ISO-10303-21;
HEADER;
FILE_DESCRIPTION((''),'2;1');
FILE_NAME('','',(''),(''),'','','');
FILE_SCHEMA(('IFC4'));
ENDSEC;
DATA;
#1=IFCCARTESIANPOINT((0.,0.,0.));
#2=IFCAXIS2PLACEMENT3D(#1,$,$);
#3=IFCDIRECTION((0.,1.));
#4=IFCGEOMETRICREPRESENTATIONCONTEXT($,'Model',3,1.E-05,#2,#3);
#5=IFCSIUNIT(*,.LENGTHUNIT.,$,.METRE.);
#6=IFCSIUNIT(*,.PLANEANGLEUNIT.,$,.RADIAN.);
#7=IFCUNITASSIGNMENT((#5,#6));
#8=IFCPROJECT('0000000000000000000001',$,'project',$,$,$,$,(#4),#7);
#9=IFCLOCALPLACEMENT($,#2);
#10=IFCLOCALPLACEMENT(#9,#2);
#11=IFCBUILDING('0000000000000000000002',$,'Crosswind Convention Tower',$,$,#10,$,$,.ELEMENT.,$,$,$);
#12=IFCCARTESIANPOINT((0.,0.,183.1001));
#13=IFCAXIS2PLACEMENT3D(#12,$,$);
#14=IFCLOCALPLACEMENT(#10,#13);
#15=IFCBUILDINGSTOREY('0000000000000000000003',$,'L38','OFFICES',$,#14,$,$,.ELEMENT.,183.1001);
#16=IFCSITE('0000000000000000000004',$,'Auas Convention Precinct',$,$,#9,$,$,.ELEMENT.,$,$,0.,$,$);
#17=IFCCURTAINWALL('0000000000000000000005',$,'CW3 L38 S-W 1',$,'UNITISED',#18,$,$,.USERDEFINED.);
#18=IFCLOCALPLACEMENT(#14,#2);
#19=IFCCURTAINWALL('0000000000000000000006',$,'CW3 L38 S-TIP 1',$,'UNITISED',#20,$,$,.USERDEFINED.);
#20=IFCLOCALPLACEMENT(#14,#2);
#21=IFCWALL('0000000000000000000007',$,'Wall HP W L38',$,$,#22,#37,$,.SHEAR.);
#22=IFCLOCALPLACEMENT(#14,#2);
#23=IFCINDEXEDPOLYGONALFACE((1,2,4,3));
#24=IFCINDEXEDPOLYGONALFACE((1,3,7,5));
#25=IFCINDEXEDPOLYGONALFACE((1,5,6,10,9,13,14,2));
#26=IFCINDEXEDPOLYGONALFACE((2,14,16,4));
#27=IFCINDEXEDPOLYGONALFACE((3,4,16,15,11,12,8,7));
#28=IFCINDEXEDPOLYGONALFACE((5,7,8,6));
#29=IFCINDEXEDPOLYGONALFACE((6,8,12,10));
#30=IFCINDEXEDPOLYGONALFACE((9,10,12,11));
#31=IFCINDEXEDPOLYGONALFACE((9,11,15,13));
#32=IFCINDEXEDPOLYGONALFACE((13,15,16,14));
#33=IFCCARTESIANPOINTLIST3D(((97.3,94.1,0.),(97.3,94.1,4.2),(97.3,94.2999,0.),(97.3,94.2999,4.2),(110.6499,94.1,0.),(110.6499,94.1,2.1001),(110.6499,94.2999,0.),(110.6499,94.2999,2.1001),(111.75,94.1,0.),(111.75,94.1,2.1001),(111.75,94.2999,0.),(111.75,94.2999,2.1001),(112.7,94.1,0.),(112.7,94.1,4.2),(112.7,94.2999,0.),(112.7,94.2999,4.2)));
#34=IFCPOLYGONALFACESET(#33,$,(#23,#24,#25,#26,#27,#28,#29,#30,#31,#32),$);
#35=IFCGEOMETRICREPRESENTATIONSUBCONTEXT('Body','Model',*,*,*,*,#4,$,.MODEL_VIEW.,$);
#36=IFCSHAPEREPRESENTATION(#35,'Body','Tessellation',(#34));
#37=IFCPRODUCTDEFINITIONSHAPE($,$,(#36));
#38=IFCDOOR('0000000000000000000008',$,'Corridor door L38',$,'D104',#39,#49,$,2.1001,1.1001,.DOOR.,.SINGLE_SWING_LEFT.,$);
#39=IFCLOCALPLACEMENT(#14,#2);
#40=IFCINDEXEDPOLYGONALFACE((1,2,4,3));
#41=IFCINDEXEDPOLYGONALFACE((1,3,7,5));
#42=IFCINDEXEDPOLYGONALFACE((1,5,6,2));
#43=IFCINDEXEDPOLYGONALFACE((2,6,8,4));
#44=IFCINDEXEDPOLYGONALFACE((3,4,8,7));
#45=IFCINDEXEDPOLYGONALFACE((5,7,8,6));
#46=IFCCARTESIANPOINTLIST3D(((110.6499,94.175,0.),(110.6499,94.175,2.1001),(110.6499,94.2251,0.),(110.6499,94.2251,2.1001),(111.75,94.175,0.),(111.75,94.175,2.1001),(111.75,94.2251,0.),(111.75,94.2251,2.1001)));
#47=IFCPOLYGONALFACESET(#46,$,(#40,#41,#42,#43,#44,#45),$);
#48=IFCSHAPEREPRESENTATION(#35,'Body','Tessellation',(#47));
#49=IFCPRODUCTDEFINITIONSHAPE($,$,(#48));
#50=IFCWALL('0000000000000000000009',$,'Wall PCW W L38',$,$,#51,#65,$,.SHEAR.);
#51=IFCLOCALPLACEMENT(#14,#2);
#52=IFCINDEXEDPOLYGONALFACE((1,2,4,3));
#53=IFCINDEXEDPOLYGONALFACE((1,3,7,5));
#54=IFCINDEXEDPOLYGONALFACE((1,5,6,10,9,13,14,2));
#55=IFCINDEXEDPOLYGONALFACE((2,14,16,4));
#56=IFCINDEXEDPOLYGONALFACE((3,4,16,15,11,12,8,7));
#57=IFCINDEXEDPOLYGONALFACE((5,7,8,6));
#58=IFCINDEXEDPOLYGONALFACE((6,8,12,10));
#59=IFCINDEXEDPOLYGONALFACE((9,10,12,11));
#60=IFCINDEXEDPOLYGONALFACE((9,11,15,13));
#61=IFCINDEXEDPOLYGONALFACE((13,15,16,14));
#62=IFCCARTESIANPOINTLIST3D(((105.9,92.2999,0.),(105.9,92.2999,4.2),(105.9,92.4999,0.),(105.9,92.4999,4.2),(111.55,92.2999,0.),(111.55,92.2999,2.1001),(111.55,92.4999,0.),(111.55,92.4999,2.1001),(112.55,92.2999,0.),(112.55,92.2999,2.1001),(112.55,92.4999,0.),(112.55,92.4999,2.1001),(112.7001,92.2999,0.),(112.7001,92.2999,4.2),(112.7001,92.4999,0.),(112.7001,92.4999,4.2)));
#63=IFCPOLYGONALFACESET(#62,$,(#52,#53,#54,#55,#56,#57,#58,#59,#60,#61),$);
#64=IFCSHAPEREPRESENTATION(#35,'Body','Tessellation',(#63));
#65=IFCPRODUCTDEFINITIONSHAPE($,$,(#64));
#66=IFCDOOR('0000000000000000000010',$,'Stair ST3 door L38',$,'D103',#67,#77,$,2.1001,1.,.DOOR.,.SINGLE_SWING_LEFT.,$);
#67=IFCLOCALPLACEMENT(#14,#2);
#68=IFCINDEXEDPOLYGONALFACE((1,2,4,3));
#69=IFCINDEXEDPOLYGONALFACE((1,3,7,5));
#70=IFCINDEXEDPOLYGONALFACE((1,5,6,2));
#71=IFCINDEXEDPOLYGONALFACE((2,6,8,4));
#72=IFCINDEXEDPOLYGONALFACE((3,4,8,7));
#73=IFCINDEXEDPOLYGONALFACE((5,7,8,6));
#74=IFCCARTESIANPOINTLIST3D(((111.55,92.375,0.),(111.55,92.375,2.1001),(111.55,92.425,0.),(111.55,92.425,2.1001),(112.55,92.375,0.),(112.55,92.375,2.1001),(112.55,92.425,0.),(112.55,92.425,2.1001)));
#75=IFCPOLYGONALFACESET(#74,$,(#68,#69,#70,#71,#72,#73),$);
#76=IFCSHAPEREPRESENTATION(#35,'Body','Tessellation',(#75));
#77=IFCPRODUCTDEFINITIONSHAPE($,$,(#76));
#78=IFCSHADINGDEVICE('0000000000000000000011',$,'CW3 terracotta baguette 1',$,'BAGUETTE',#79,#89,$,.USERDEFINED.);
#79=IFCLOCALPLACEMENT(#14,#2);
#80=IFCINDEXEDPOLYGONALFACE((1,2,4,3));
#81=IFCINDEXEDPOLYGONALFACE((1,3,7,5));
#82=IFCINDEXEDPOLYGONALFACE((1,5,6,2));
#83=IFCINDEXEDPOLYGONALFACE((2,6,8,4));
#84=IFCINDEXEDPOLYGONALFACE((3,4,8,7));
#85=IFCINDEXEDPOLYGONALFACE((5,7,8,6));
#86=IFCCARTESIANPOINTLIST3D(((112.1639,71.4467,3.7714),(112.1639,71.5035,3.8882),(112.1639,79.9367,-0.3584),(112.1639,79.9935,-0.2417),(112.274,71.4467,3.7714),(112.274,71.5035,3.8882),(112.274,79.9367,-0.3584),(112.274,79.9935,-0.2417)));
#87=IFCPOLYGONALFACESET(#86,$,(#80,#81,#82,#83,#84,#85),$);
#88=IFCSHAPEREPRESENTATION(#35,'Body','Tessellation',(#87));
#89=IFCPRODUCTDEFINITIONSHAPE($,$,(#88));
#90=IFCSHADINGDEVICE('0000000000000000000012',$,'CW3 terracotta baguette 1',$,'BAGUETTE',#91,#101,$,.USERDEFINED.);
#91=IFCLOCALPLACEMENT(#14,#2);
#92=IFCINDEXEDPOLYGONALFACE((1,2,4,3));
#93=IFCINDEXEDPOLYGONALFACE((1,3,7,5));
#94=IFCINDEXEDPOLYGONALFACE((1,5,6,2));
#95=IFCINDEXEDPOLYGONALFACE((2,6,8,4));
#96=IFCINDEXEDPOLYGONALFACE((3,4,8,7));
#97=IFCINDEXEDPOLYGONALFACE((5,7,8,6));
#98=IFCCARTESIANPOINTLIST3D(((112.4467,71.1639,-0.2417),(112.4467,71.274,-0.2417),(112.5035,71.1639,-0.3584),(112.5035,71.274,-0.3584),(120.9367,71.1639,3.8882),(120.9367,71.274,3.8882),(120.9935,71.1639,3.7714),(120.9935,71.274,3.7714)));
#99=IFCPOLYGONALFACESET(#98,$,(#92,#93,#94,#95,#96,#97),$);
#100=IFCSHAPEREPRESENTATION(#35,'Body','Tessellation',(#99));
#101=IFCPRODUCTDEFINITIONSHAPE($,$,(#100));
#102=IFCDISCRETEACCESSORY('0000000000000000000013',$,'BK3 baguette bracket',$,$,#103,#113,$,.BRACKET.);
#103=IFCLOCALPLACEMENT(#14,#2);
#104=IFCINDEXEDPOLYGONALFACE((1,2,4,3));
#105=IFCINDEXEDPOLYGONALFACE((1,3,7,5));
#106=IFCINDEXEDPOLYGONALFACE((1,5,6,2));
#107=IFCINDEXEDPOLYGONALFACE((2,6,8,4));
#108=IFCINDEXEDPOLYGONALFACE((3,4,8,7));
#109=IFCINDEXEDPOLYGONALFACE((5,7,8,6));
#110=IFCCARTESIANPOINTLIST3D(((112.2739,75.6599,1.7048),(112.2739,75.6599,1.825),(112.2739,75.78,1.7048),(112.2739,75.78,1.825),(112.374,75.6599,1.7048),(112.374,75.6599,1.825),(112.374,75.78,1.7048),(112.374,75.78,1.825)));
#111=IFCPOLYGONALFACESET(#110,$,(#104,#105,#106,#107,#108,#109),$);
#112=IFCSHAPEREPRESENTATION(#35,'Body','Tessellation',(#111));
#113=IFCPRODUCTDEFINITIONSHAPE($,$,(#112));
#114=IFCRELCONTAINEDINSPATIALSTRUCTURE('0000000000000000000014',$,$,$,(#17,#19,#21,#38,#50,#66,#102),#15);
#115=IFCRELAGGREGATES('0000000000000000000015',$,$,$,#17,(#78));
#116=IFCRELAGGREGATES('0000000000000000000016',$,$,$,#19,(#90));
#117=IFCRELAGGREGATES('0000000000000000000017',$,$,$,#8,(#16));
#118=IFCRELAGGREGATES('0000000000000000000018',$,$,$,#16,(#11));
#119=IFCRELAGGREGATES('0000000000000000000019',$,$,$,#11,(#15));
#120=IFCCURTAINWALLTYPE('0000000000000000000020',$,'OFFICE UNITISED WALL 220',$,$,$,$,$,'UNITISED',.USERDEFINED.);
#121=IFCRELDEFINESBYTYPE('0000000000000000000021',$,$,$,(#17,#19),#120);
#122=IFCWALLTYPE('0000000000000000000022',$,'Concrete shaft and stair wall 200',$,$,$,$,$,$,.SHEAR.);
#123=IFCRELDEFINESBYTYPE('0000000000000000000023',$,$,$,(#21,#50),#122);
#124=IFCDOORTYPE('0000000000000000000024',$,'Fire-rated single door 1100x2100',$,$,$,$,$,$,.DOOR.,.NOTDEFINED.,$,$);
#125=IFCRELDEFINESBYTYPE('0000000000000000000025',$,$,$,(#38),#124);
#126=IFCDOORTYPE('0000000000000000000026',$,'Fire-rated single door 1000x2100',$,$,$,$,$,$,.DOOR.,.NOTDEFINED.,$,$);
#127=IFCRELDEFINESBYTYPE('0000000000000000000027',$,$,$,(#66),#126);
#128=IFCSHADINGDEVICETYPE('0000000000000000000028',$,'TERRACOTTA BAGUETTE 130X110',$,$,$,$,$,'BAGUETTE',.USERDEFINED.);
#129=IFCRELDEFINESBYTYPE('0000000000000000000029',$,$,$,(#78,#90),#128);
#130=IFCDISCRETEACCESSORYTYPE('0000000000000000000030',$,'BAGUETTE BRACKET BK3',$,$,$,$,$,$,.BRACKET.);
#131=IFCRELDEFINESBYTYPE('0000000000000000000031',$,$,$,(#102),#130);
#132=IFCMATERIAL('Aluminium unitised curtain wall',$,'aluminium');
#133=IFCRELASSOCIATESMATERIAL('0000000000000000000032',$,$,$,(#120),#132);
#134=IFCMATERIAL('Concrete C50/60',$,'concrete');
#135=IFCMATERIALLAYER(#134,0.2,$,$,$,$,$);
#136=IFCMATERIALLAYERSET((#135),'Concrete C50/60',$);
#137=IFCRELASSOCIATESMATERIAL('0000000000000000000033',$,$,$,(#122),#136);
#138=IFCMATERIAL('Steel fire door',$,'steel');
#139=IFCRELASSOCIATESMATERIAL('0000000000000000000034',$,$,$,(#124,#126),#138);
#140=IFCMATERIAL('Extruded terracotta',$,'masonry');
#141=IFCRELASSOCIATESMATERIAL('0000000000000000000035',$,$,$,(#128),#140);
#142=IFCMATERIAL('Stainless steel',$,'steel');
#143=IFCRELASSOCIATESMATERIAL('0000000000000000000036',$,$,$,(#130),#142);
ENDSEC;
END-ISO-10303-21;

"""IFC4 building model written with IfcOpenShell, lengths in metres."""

from ifc_helpers import new_model, si_unit, direction, frame, frame_2d, origin, origin_2d, place, context, subcontext, project, spatial, rectangle, extrude, material, layer, layer_set, material_profile, profile_set, type_object, element, fill, aggregate, save


model = new_model("IFC4")

# Units and contexts
model_context = context("Model", 3, precision=1e-05, world=origin(), true_north=direction((0.0, 1.0)))
body_context = subcontext(model_context, "Body", "Model", "MODEL_VIEW")
ifc_project = project(units=[si_unit("LENGTHUNIT", "METRE"), si_unit("PLANEANGLEUNIT", "RADIAN")], contexts=[model_context])

# Site, building, storey
site_placement = place(None, origin())
site = spatial("IfcSite", under=ifc_project, at=site_placement, Name="Auas Convention Precinct", CompositionType="ELEMENT", RefElevation=0.0)
building_placement = place(site_placement, origin())
building = spatial("IfcBuilding", under=site, at=building_placement, Name="Crosswind Convention Tower", CompositionType="ELEMENT")
storey_placement = place(building_placement, frame((0.0, 0.0, 183.1001)))
storey = spatial("IfcBuildingStorey", under=building, at=storey_placement, Name="L38", Description="OFFICES", CompositionType="ELEMENT", Elevation=183.1001)

# Curtain wall
ifc_material_1 = material(Name="Aluminium unitised curtain wall", Category="aluminium")
curtain_wall_type_1 = type_object("IfcCurtainWallType", Name="OFFICE UNITISED WALL 220", ElementType="UNITISED", PredefinedType="USERDEFINED", material=ifc_material_1)
curtain_wall_1_placement = place(storey_placement, origin())
curtain_wall_1 = element("IfcCurtainWall", 1, at=curtain_wall_1_placement, inside=storey, type_object=curtain_wall_type_1, Name="CW3 L38 S-W 1", ObjectType="UNITISED", PredefinedType="USERDEFINED")

# Curtain wall
curtain_wall_2_placement = place(storey_placement, origin())
curtain_wall_2 = element("IfcCurtainWall", 2, at=curtain_wall_2_placement, inside=storey, type_object=curtain_wall_type_1, Name="CW3 L38 S-TIP 1", ObjectType="UNITISED", PredefinedType="USERDEFINED")

# Shared definitions
ifc_material_2 = material(Name="Concrete C50/60", Category="concrete")

# Walls, openings, doors
ifc_layer_1 = layer(ifc_material_2, 0.2)
ifc_layer_set_1 = layer_set([ifc_layer_1], Name="Concrete C50/60")
wall_type_1 = type_object("IfcWallType", Name="Concrete shaft and stair wall 200", PredefinedType="SHEAR", material=ifc_layer_set_1)
wall_1_placement = place(storey_placement, frame((112.7, 94.2, 0.0), z_axis=(0.0, 0.0, 1.0), x_axis=(-1.0, 0.0, 0.0)))
wall_1 = element("IfcWall", 3, at=wall_1_placement, inside=storey, type_object=wall_type_1, Name="Wall HP W L38", PredefinedType="SHEAR", context=body_context, shape_type="SweptSolid", body=[
    extrude(rectangle(XDim=15.3999, YDim=0.2, at=frame_2d((7.7, 0.0))), origin(), (0.0, 0.0, 1.0), 4.2),
])
opening_1_placement = place(wall_1_placement, frame((0.95, 0.0, 0.0)))
opening_1 = element("IfcOpeningElement", 4, at=opening_1_placement, cuts=wall_1, PredefinedType="OPENING", context=body_context, shape_type="SweptSolid", body=[
    extrude(rectangle(XDim=1.1001, YDim=2.1001, at=frame_2d((0.55, 1.05))), frame((0.0, 0.1099, 0.0), z_axis=(0.0, -1.0, 0.0), x_axis=(1.0, 0.0, 0.0)), (0.0, 0.0, 1.0), 0.22),
])
ifc_material_3 = material(Name="Steel fire door", Category="steel")
door_type_1 = type_object("IfcDoorType", Name="Fire-rated single door 1100x2100", OperationType="NOTDEFINED", PredefinedType="DOOR", material=ifc_material_3)
door_1_placement = place(opening_1_placement, origin())
door_1 = element("IfcDoor", 5, at=door_1_placement, inside=storey, type_object=door_type_1, Name="Corridor door L38", ObjectType="D104", OperationType="SINGLE_SWING_LEFT", OverallHeight=2.1001, OverallWidth=1.1001, PredefinedType="DOOR", context=body_context, shape_type="SweptSolid", body=[
    extrude(rectangle(XDim=1.1001, YDim=2.1001, at=frame_2d((0.55, 1.05))), frame((0.0, 0.0249, 0.0), z_axis=(0.0, -1.0, 0.0), x_axis=(1.0, 0.0, 0.0)), (0.0, 0.0, 1.0), 0.05),
])
fill(opening_1, door_1)
wall_2_placement = place(storey_placement, frame((112.7, 92.3999, 0.0), z_axis=(0.0, 0.0, 1.0), x_axis=(-1.0, 0.0, 0.0)))
wall_2 = element("IfcWall", 6, at=wall_2_placement, inside=storey, type_object=wall_type_1, Name="Wall PCW W L38", PredefinedType="SHEAR", context=body_context, shape_type="SweptSolid", body=[
    extrude(rectangle(XDim=6.8, YDim=0.2, at=frame_2d((3.3999, 0.0))), origin(), (0.0, 0.0, 1.0), 4.2),
])
opening_2_placement = place(wall_2_placement, frame((0.1499, 0.0, 0.0)))
opening_2 = element("IfcOpeningElement", 7, at=opening_2_placement, cuts=wall_2, PredefinedType="OPENING", context=body_context, shape_type="SweptSolid", body=[
    extrude(rectangle(XDim=1.0, YDim=2.1001, at=frame_2d((0.5, 1.05))), frame((0.0, 0.1099, 0.0), z_axis=(0.0, -1.0, 0.0), x_axis=(1.0, 0.0, 0.0)), (0.0, 0.0, 1.0), 0.22),
])
door_type_2 = type_object("IfcDoorType", Name="Fire-rated single door 1000x2100", OperationType="NOTDEFINED", PredefinedType="DOOR", material=ifc_material_3)
door_2_placement = place(opening_2_placement, origin())
door_2 = element("IfcDoor", 8, at=door_2_placement, inside=storey, type_object=door_type_2, Name="Stair ST3 door L38", ObjectType="D103", OperationType="SINGLE_SWING_LEFT", OverallHeight=2.1001, OverallWidth=1.0, PredefinedType="DOOR", context=body_context, shape_type="SweptSolid", body=[
    extrude(rectangle(XDim=1.0, YDim=2.1001, at=frame_2d((0.5, 1.05))), frame((0.0, 0.0249, 0.0), z_axis=(0.0, -1.0, 0.0), x_axis=(1.0, 0.0, 0.0)), (0.0, 0.0, 1.0), 0.05),
])
fill(opening_2, door_2)

# Shading devices
ifc_material_4 = material(Name="Extruded terracotta", Category="masonry")
ifc_material_profile_1 = material_profile(ifc_material_4, rectangle(XDim=0.1101, YDim=0.1299, at=origin_2d()), Name="TC 110X130")
ifc_profile_set_1 = profile_set([ifc_material_profile_1], Name="Extruded terracotta")
shading_device_type = type_object("IfcShadingDeviceType", Name="TERRACOTTA BAGUETTE 130X110", ElementType="BAGUETTE", PredefinedType="USERDEFINED", material=ifc_profile_set_1)
shading_device_1_placement = place(storey_placement, frame((112.219, 79.9651, -0.3), z_axis=(0.0, -0.899251, 0.437433), x_axis=(1.0, 0.0, 0.0)))
shading_device_1 = element("IfcShadingDevice", 9, at=shading_device_1_placement, type_object=shading_device_type, Name="CW3 terracotta baguette 1", ObjectType="BAGUETTE", PredefinedType="USERDEFINED", context=body_context, shape_type="SweptSolid", body=[
    extrude(rectangle(XDim=0.1101, YDim=0.1299, at=origin_2d()), origin(), (0.0, 0.0, 1.0), 9.4412),
])
aggregate(curtain_wall_1, [shading_device_1])
shading_device_2_placement = place(storey_placement, frame((112.4751, 71.219, -0.3), z_axis=(0.899251, 0.0, 0.437433), x_axis=(0.0, 1.0, 0.0)))
shading_device_2 = element("IfcShadingDevice", 10, at=shading_device_2_placement, type_object=shading_device_type, Name="CW3 terracotta baguette 1", ObjectType="BAGUETTE", PredefinedType="USERDEFINED", context=body_context, shape_type="SweptSolid", body=[
    extrude(rectangle(XDim=0.1101, YDim=0.1299, at=origin_2d()), origin(), (0.0, 0.0, 1.0), 9.4412),
])
aggregate(curtain_wall_2, [shading_device_2])

# Discrete accessory
ifc_material_5 = material(Name="Stainless steel", Category="steel")
discrete_accessory_type = type_object("IfcDiscreteAccessoryType", Name="BAGUETTE BRACKET BK3", PredefinedType="BRACKET", material=ifc_material_5)
discrete_accessory_placement = place(storey_placement, frame((112.324, 75.72, 1.7048), z_axis=(0.0, 0.0, 1.0), x_axis=(0.0, -1.0, 0.0)))
element("IfcDiscreteAccessory", 11, at=discrete_accessory_placement, inside=storey, type_object=discrete_accessory_type, Name="BK3 baguette bracket", PredefinedType="BRACKET", context=body_context, shape_type="SweptSolid", body=[
    extrude(rectangle(XDim=0.1201, YDim=0.1001, at=origin_2d()), origin(), (0.0, 0.0, 1.0), 0.1201),
])

save(model, "model.ifc")
